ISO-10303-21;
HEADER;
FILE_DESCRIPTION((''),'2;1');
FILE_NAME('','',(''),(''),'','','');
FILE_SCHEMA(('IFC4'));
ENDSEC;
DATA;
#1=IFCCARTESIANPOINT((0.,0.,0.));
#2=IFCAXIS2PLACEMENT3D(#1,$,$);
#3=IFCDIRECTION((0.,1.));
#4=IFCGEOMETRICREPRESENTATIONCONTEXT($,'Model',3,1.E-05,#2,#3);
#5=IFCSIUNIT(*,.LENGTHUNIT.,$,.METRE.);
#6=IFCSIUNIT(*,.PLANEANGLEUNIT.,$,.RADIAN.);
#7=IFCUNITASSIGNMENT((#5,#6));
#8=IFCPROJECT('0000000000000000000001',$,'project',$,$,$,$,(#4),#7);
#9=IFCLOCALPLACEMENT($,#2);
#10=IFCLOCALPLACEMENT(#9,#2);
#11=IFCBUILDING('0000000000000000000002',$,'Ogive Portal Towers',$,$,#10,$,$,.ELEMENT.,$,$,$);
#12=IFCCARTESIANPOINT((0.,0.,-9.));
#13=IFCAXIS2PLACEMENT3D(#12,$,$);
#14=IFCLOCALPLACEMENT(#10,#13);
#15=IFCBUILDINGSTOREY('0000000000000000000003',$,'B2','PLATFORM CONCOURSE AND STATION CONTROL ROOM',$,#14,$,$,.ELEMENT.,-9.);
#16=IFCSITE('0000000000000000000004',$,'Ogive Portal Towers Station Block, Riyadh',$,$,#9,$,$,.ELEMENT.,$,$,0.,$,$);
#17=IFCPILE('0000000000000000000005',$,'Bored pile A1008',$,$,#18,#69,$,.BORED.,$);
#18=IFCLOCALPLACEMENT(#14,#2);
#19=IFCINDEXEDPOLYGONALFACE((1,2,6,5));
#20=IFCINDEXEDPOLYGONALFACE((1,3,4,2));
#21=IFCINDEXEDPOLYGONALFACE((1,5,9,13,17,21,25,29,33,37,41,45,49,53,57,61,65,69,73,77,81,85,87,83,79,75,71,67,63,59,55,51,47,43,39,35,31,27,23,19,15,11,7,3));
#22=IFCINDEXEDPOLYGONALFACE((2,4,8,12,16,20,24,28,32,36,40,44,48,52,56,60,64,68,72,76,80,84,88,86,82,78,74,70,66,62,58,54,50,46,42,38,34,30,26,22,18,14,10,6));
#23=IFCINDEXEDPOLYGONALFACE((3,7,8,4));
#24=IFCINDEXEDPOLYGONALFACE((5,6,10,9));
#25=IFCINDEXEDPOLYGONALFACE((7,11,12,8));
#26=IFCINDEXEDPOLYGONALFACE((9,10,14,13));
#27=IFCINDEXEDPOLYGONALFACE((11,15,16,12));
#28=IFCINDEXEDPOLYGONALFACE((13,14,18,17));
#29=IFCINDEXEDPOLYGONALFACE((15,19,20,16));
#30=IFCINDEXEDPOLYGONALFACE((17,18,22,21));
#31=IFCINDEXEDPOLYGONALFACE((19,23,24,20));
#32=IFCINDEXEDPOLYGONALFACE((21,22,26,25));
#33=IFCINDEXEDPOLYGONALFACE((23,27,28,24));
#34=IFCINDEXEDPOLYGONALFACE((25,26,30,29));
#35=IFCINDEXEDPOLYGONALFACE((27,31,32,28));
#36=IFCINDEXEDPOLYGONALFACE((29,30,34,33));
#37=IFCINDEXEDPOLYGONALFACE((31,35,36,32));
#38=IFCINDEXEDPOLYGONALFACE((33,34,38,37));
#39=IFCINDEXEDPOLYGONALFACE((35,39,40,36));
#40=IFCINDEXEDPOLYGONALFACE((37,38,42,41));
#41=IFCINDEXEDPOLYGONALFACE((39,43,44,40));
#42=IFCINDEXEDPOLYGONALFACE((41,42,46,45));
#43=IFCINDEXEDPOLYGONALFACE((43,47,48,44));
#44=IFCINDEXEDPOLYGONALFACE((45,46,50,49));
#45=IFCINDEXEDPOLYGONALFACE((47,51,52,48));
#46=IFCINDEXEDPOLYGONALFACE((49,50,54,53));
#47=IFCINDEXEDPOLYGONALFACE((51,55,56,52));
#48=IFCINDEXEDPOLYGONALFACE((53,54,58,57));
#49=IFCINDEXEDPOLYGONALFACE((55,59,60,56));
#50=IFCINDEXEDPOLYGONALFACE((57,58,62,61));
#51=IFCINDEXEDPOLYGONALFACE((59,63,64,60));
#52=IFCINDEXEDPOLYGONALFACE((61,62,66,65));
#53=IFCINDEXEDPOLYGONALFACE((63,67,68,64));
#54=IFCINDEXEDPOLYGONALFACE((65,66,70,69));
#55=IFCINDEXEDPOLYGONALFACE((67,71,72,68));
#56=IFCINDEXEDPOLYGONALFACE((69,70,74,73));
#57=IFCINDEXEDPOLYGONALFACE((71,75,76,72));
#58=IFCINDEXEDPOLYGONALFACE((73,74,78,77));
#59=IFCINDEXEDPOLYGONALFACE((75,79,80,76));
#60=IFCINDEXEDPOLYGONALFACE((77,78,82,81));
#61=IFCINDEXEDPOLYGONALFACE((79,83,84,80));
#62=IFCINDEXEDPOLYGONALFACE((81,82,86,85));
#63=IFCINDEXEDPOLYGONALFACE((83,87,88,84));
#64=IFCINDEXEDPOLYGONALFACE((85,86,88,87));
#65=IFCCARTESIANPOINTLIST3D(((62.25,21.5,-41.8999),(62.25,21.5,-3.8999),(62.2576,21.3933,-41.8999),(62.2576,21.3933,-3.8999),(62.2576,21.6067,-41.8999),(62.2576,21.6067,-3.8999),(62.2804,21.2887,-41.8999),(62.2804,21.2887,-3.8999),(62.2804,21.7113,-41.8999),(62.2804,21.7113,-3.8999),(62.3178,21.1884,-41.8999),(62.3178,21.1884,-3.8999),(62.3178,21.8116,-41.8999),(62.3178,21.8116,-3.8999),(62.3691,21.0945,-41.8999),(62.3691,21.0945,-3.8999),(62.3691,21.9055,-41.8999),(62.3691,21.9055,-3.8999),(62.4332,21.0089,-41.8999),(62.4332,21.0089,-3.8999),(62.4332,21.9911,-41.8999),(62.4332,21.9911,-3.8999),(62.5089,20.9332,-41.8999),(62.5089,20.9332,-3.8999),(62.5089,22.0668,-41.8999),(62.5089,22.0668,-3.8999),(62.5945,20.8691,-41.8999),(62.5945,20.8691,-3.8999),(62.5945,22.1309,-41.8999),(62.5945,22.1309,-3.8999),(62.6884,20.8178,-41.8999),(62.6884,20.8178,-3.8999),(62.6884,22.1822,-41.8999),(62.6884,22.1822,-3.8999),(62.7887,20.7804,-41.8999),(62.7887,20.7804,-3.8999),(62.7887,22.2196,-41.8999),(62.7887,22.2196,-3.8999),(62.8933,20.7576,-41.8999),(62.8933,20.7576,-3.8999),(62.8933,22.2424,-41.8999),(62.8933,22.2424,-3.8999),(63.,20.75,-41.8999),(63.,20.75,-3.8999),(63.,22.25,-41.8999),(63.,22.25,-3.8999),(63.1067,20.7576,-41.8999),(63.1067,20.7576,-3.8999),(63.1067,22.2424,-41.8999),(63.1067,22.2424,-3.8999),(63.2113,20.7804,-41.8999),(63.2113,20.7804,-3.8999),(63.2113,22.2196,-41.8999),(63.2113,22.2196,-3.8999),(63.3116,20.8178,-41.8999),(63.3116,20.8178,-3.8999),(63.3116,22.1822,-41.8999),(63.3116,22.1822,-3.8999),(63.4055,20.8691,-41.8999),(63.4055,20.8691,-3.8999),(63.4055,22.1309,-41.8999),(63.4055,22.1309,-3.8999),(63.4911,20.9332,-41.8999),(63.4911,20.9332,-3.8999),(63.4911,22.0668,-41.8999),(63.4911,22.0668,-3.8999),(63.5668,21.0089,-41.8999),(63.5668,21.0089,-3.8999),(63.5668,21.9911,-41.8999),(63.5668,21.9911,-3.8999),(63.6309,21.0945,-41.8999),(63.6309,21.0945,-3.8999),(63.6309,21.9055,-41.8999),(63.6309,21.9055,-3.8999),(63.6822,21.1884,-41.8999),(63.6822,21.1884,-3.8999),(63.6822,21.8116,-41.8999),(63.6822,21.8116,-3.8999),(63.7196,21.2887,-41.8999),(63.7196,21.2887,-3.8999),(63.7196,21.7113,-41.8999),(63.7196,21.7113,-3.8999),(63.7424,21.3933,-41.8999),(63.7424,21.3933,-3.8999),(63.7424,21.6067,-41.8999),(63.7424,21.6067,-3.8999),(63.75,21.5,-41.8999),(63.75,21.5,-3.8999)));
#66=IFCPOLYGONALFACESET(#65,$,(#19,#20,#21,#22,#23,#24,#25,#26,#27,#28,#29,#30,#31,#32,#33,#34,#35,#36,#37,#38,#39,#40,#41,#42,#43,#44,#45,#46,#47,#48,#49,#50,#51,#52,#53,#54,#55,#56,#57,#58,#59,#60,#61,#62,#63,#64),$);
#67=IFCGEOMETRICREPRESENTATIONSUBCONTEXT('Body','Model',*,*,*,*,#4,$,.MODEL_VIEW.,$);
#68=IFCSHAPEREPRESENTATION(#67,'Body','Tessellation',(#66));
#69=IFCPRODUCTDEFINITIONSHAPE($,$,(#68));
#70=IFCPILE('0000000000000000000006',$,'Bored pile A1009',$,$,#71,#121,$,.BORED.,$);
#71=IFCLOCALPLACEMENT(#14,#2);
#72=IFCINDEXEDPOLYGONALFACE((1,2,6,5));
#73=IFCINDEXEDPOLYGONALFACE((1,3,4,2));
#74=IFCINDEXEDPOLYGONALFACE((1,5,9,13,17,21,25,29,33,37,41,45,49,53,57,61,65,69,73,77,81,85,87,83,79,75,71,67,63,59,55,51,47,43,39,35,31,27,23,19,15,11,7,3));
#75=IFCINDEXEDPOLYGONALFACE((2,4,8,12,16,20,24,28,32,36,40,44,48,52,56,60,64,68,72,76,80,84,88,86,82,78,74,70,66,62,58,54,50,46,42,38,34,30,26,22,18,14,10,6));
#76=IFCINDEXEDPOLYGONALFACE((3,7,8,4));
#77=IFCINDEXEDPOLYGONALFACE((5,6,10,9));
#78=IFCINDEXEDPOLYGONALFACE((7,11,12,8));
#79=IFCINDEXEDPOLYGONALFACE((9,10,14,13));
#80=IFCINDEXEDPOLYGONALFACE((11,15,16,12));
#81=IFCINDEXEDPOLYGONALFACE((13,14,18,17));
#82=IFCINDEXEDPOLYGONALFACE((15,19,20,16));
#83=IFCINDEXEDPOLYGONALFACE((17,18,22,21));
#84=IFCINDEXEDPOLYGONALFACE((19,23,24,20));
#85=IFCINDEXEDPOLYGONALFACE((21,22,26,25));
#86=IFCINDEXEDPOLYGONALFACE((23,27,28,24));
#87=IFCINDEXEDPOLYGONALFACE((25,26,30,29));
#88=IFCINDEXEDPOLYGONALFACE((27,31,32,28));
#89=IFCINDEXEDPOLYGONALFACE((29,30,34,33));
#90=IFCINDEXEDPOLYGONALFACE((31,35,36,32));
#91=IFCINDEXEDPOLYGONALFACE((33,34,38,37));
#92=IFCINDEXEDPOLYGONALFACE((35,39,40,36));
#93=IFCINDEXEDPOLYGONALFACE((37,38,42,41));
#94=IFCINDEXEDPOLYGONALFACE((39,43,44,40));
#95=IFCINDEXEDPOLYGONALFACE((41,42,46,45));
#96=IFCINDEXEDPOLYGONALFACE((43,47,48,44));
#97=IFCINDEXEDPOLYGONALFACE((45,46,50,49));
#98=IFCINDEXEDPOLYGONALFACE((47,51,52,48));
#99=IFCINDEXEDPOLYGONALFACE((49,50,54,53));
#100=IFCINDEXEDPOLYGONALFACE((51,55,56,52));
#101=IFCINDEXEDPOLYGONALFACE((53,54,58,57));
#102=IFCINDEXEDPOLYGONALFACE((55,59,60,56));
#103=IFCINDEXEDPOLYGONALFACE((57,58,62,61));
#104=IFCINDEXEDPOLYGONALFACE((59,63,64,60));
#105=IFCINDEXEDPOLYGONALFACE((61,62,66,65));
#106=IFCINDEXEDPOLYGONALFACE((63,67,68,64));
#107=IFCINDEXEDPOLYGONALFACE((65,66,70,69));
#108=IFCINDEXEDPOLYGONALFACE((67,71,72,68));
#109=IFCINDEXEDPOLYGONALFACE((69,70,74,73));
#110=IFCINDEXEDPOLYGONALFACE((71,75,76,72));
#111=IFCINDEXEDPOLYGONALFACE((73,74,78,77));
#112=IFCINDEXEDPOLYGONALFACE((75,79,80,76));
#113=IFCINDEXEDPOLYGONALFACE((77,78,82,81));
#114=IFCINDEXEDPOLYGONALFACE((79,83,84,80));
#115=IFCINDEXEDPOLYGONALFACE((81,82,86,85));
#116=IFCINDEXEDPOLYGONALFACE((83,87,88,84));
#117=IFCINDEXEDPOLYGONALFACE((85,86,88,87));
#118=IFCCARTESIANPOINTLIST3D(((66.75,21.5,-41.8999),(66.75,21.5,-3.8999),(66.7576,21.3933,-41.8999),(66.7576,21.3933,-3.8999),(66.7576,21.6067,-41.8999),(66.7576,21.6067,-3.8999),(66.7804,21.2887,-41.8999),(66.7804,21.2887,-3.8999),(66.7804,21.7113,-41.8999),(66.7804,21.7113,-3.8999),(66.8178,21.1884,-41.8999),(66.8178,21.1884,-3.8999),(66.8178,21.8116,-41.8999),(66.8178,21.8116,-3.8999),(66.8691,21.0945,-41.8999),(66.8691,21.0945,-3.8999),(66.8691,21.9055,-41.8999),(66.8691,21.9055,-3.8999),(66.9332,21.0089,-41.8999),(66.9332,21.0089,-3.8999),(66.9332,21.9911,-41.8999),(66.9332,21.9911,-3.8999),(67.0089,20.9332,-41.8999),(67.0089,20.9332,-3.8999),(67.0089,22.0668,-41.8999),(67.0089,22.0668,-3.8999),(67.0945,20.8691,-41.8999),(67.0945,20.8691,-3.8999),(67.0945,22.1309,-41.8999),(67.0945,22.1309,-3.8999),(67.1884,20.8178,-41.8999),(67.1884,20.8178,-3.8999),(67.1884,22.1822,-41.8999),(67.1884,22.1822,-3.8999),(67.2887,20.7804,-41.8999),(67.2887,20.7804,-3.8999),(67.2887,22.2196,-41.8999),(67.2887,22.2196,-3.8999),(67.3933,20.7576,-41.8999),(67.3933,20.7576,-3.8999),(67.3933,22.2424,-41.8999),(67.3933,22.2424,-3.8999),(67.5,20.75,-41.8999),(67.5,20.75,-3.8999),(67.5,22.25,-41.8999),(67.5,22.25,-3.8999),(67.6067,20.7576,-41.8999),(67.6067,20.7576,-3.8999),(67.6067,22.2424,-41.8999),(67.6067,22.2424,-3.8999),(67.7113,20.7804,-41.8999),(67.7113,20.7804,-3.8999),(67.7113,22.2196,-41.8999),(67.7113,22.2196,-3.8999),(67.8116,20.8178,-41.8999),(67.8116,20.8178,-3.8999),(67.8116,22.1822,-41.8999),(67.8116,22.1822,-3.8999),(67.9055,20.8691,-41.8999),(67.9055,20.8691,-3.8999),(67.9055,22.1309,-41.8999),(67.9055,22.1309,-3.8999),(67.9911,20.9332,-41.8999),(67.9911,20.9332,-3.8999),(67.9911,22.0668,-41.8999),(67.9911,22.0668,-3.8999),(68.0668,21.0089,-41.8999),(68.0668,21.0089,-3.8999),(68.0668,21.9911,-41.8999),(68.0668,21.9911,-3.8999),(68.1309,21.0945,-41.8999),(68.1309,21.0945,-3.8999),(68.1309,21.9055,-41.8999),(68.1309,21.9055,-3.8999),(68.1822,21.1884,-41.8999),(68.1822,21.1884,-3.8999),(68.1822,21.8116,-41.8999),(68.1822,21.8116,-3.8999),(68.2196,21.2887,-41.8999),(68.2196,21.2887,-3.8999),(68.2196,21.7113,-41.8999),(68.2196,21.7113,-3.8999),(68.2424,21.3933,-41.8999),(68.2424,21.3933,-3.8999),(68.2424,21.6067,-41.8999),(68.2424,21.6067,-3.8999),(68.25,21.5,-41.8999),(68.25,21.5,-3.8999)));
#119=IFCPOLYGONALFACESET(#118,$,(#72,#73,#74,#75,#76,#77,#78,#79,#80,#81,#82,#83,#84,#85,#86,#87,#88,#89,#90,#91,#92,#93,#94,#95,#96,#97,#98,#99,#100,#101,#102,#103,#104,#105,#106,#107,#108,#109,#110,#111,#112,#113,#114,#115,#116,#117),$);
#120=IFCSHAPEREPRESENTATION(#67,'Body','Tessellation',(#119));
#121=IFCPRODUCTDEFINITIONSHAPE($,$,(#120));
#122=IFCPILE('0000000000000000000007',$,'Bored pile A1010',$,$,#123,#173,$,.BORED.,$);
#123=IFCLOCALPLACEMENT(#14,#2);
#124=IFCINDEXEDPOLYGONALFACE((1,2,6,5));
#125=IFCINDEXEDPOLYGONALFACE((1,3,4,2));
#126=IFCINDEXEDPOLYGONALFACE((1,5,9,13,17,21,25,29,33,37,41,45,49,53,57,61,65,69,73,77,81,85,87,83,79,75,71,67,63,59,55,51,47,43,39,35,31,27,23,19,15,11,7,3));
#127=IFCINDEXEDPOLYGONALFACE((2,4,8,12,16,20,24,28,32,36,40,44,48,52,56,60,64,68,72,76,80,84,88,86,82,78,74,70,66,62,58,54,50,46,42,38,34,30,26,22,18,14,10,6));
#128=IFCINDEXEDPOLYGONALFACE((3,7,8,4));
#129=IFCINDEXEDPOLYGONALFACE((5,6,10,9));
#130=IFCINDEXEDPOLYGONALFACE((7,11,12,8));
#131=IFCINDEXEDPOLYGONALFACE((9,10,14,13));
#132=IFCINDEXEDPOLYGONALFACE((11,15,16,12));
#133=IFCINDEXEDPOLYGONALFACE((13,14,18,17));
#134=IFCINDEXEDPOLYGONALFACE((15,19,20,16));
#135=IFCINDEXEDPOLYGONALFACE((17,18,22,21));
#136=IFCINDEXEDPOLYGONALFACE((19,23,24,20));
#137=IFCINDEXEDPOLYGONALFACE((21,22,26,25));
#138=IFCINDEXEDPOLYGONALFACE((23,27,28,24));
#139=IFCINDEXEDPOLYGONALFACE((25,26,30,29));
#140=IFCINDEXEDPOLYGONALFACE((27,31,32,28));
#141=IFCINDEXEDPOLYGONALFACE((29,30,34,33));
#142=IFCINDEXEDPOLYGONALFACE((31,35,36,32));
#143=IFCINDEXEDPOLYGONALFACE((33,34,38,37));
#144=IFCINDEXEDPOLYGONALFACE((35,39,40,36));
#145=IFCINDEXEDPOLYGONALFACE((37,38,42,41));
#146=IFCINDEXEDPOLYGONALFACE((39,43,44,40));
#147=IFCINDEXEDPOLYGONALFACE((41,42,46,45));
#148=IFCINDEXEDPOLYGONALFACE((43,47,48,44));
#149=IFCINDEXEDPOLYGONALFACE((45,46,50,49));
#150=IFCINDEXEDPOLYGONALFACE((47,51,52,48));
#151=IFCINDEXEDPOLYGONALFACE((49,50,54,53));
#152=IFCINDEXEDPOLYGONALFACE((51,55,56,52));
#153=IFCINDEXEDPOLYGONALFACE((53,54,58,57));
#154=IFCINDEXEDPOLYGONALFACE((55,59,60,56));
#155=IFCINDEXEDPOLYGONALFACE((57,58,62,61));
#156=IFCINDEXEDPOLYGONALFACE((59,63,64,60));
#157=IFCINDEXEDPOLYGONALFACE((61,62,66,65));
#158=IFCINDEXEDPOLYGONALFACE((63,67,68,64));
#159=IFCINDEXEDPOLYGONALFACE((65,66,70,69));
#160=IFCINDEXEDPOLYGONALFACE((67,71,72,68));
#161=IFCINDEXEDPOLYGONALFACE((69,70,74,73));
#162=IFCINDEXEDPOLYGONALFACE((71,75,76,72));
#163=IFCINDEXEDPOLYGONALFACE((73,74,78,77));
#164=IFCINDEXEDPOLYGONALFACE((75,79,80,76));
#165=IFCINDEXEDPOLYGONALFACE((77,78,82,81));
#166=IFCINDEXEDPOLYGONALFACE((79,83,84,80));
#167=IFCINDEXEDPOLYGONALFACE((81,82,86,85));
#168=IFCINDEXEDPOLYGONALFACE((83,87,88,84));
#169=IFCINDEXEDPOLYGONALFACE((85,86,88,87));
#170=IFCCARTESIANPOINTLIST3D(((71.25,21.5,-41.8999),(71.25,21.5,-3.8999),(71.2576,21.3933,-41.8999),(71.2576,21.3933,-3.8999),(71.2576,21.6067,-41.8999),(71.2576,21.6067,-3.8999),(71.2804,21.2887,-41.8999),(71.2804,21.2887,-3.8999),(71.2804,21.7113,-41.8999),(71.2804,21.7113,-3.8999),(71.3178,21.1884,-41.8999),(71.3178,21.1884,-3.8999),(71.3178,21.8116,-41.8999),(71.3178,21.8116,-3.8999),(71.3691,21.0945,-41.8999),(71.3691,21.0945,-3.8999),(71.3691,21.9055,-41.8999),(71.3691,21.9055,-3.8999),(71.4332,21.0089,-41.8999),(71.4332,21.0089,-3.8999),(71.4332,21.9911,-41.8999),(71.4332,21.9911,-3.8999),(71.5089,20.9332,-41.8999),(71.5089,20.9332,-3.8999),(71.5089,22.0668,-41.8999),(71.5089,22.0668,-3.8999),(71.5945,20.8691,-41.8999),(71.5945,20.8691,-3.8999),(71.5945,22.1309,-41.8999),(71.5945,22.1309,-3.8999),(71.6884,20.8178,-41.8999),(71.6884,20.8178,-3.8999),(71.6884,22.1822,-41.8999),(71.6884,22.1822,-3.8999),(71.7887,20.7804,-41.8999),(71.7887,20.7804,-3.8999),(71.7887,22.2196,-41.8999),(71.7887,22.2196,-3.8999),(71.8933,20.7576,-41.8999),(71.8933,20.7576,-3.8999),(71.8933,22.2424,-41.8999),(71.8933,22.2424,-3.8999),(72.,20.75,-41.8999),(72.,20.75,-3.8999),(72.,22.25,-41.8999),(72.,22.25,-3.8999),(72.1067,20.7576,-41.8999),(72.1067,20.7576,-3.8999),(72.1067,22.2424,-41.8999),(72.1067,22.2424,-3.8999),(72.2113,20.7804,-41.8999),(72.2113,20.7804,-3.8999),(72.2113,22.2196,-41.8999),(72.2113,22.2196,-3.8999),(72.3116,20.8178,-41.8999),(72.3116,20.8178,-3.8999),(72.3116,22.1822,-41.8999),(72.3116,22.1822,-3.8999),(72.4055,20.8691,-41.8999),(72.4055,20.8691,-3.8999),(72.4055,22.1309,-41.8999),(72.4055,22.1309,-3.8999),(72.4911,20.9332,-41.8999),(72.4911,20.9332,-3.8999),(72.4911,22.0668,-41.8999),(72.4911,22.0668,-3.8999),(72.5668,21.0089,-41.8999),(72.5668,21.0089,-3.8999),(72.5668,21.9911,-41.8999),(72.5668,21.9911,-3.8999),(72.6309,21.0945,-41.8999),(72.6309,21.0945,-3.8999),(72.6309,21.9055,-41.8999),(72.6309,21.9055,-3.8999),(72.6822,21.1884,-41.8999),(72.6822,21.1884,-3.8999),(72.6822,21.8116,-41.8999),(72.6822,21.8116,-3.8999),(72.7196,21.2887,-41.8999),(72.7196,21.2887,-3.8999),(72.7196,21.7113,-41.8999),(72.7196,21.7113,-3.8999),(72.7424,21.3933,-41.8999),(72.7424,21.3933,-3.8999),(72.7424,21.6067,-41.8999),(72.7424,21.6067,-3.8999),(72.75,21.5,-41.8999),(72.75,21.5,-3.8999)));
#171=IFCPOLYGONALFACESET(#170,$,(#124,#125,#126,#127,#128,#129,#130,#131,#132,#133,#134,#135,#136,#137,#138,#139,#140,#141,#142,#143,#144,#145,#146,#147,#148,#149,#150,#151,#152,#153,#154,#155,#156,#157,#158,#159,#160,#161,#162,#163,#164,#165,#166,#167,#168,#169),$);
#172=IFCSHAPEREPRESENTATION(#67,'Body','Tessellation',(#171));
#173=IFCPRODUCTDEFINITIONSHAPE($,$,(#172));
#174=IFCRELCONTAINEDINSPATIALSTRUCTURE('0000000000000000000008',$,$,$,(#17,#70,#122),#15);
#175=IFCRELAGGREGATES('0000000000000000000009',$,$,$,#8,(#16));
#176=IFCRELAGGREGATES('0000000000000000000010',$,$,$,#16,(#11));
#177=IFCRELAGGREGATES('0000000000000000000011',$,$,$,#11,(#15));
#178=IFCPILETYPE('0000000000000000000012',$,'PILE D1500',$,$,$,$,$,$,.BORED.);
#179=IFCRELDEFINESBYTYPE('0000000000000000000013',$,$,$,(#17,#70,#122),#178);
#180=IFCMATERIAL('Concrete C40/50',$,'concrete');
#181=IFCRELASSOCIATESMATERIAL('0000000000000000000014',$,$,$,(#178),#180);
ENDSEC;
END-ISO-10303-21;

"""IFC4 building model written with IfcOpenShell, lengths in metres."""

from ifc_helpers import new_model, si_unit, direction, frame, origin, origin_2d, place, context, subcontext, project, spatial, circle, extrude, material, material_profile, profile_set, type_object, element, save


model = new_model("IFC4")

# Units and contexts
model_context = context("Model", 3, precision=1e-05, world=origin(), true_north=direction((0.0, 1.0)))
body_context = subcontext(model_context, "Body", "Model", "MODEL_VIEW")
ifc_project = project(units=[si_unit("LENGTHUNIT", "METRE"), si_unit("PLANEANGLEUNIT", "RADIAN")], contexts=[model_context])

# Site, building, storey
site_placement = place(None, origin())
site = spatial("IfcSite", under=ifc_project, at=site_placement, Name="Ogive Portal Towers Station Block, Riyadh", CompositionType="ELEMENT", RefElevation=0.0)
building_placement = place(site_placement, origin())
building = spatial("IfcBuilding", under=site, at=building_placement, Name="Ogive Portal Towers", CompositionType="ELEMENT")
storey_placement = place(building_placement, frame((0.0, 0.0, -9.0)))
storey = spatial("IfcBuildingStorey", under=building, at=storey_placement, Name="B2", Description="PLATFORM CONCOURSE AND STATION CONTROL ROOM", CompositionType="ELEMENT", Elevation=-9.0)

# Piles
ifc_material_1 = material(Name="Concrete C40/50", Category="concrete")
ifc_material_profile_1 = material_profile(ifc_material_1, circle(Radius=0.75, at=origin_2d()), Name="PILE D1500")
ifc_profile_set_1 = profile_set([ifc_material_profile_1], Name="Concrete C40/50")
pile_type = type_object("IfcPileType", Name="PILE D1500", PredefinedType="BORED", material=ifc_profile_set_1)
for number, where, z_axis, x_axis, name in (
    (1, (63.0, 21.5, -3.8999), (0.0, 0.0, -1.0), (1.0, 0.0, 0.0), "Bored pile A1008"),
    (2, (67.5, 21.5, -3.8999), (0.0, 0.0, -1.0), (1.0, 0.0, 0.0), "Bored pile A1009"),
    (3, (72.0, 21.5, -3.8999), (0.0, 0.0, -1.0), (1.0, 0.0, 0.0), "Bored pile A1010"),
):
    element("IfcPile", number, at=place(storey_placement, frame(where, z_axis=z_axis, x_axis=x_axis)), inside=storey, type_object=pile_type, Name=name, PredefinedType="BORED", context=body_context, shape_type="SweptSolid", body=[
        extrude(circle(Radius=0.75, at=origin_2d()), origin(), (0.0, 0.0, 1.0), 38.0),
    ])

save(model, "model.ifc")
